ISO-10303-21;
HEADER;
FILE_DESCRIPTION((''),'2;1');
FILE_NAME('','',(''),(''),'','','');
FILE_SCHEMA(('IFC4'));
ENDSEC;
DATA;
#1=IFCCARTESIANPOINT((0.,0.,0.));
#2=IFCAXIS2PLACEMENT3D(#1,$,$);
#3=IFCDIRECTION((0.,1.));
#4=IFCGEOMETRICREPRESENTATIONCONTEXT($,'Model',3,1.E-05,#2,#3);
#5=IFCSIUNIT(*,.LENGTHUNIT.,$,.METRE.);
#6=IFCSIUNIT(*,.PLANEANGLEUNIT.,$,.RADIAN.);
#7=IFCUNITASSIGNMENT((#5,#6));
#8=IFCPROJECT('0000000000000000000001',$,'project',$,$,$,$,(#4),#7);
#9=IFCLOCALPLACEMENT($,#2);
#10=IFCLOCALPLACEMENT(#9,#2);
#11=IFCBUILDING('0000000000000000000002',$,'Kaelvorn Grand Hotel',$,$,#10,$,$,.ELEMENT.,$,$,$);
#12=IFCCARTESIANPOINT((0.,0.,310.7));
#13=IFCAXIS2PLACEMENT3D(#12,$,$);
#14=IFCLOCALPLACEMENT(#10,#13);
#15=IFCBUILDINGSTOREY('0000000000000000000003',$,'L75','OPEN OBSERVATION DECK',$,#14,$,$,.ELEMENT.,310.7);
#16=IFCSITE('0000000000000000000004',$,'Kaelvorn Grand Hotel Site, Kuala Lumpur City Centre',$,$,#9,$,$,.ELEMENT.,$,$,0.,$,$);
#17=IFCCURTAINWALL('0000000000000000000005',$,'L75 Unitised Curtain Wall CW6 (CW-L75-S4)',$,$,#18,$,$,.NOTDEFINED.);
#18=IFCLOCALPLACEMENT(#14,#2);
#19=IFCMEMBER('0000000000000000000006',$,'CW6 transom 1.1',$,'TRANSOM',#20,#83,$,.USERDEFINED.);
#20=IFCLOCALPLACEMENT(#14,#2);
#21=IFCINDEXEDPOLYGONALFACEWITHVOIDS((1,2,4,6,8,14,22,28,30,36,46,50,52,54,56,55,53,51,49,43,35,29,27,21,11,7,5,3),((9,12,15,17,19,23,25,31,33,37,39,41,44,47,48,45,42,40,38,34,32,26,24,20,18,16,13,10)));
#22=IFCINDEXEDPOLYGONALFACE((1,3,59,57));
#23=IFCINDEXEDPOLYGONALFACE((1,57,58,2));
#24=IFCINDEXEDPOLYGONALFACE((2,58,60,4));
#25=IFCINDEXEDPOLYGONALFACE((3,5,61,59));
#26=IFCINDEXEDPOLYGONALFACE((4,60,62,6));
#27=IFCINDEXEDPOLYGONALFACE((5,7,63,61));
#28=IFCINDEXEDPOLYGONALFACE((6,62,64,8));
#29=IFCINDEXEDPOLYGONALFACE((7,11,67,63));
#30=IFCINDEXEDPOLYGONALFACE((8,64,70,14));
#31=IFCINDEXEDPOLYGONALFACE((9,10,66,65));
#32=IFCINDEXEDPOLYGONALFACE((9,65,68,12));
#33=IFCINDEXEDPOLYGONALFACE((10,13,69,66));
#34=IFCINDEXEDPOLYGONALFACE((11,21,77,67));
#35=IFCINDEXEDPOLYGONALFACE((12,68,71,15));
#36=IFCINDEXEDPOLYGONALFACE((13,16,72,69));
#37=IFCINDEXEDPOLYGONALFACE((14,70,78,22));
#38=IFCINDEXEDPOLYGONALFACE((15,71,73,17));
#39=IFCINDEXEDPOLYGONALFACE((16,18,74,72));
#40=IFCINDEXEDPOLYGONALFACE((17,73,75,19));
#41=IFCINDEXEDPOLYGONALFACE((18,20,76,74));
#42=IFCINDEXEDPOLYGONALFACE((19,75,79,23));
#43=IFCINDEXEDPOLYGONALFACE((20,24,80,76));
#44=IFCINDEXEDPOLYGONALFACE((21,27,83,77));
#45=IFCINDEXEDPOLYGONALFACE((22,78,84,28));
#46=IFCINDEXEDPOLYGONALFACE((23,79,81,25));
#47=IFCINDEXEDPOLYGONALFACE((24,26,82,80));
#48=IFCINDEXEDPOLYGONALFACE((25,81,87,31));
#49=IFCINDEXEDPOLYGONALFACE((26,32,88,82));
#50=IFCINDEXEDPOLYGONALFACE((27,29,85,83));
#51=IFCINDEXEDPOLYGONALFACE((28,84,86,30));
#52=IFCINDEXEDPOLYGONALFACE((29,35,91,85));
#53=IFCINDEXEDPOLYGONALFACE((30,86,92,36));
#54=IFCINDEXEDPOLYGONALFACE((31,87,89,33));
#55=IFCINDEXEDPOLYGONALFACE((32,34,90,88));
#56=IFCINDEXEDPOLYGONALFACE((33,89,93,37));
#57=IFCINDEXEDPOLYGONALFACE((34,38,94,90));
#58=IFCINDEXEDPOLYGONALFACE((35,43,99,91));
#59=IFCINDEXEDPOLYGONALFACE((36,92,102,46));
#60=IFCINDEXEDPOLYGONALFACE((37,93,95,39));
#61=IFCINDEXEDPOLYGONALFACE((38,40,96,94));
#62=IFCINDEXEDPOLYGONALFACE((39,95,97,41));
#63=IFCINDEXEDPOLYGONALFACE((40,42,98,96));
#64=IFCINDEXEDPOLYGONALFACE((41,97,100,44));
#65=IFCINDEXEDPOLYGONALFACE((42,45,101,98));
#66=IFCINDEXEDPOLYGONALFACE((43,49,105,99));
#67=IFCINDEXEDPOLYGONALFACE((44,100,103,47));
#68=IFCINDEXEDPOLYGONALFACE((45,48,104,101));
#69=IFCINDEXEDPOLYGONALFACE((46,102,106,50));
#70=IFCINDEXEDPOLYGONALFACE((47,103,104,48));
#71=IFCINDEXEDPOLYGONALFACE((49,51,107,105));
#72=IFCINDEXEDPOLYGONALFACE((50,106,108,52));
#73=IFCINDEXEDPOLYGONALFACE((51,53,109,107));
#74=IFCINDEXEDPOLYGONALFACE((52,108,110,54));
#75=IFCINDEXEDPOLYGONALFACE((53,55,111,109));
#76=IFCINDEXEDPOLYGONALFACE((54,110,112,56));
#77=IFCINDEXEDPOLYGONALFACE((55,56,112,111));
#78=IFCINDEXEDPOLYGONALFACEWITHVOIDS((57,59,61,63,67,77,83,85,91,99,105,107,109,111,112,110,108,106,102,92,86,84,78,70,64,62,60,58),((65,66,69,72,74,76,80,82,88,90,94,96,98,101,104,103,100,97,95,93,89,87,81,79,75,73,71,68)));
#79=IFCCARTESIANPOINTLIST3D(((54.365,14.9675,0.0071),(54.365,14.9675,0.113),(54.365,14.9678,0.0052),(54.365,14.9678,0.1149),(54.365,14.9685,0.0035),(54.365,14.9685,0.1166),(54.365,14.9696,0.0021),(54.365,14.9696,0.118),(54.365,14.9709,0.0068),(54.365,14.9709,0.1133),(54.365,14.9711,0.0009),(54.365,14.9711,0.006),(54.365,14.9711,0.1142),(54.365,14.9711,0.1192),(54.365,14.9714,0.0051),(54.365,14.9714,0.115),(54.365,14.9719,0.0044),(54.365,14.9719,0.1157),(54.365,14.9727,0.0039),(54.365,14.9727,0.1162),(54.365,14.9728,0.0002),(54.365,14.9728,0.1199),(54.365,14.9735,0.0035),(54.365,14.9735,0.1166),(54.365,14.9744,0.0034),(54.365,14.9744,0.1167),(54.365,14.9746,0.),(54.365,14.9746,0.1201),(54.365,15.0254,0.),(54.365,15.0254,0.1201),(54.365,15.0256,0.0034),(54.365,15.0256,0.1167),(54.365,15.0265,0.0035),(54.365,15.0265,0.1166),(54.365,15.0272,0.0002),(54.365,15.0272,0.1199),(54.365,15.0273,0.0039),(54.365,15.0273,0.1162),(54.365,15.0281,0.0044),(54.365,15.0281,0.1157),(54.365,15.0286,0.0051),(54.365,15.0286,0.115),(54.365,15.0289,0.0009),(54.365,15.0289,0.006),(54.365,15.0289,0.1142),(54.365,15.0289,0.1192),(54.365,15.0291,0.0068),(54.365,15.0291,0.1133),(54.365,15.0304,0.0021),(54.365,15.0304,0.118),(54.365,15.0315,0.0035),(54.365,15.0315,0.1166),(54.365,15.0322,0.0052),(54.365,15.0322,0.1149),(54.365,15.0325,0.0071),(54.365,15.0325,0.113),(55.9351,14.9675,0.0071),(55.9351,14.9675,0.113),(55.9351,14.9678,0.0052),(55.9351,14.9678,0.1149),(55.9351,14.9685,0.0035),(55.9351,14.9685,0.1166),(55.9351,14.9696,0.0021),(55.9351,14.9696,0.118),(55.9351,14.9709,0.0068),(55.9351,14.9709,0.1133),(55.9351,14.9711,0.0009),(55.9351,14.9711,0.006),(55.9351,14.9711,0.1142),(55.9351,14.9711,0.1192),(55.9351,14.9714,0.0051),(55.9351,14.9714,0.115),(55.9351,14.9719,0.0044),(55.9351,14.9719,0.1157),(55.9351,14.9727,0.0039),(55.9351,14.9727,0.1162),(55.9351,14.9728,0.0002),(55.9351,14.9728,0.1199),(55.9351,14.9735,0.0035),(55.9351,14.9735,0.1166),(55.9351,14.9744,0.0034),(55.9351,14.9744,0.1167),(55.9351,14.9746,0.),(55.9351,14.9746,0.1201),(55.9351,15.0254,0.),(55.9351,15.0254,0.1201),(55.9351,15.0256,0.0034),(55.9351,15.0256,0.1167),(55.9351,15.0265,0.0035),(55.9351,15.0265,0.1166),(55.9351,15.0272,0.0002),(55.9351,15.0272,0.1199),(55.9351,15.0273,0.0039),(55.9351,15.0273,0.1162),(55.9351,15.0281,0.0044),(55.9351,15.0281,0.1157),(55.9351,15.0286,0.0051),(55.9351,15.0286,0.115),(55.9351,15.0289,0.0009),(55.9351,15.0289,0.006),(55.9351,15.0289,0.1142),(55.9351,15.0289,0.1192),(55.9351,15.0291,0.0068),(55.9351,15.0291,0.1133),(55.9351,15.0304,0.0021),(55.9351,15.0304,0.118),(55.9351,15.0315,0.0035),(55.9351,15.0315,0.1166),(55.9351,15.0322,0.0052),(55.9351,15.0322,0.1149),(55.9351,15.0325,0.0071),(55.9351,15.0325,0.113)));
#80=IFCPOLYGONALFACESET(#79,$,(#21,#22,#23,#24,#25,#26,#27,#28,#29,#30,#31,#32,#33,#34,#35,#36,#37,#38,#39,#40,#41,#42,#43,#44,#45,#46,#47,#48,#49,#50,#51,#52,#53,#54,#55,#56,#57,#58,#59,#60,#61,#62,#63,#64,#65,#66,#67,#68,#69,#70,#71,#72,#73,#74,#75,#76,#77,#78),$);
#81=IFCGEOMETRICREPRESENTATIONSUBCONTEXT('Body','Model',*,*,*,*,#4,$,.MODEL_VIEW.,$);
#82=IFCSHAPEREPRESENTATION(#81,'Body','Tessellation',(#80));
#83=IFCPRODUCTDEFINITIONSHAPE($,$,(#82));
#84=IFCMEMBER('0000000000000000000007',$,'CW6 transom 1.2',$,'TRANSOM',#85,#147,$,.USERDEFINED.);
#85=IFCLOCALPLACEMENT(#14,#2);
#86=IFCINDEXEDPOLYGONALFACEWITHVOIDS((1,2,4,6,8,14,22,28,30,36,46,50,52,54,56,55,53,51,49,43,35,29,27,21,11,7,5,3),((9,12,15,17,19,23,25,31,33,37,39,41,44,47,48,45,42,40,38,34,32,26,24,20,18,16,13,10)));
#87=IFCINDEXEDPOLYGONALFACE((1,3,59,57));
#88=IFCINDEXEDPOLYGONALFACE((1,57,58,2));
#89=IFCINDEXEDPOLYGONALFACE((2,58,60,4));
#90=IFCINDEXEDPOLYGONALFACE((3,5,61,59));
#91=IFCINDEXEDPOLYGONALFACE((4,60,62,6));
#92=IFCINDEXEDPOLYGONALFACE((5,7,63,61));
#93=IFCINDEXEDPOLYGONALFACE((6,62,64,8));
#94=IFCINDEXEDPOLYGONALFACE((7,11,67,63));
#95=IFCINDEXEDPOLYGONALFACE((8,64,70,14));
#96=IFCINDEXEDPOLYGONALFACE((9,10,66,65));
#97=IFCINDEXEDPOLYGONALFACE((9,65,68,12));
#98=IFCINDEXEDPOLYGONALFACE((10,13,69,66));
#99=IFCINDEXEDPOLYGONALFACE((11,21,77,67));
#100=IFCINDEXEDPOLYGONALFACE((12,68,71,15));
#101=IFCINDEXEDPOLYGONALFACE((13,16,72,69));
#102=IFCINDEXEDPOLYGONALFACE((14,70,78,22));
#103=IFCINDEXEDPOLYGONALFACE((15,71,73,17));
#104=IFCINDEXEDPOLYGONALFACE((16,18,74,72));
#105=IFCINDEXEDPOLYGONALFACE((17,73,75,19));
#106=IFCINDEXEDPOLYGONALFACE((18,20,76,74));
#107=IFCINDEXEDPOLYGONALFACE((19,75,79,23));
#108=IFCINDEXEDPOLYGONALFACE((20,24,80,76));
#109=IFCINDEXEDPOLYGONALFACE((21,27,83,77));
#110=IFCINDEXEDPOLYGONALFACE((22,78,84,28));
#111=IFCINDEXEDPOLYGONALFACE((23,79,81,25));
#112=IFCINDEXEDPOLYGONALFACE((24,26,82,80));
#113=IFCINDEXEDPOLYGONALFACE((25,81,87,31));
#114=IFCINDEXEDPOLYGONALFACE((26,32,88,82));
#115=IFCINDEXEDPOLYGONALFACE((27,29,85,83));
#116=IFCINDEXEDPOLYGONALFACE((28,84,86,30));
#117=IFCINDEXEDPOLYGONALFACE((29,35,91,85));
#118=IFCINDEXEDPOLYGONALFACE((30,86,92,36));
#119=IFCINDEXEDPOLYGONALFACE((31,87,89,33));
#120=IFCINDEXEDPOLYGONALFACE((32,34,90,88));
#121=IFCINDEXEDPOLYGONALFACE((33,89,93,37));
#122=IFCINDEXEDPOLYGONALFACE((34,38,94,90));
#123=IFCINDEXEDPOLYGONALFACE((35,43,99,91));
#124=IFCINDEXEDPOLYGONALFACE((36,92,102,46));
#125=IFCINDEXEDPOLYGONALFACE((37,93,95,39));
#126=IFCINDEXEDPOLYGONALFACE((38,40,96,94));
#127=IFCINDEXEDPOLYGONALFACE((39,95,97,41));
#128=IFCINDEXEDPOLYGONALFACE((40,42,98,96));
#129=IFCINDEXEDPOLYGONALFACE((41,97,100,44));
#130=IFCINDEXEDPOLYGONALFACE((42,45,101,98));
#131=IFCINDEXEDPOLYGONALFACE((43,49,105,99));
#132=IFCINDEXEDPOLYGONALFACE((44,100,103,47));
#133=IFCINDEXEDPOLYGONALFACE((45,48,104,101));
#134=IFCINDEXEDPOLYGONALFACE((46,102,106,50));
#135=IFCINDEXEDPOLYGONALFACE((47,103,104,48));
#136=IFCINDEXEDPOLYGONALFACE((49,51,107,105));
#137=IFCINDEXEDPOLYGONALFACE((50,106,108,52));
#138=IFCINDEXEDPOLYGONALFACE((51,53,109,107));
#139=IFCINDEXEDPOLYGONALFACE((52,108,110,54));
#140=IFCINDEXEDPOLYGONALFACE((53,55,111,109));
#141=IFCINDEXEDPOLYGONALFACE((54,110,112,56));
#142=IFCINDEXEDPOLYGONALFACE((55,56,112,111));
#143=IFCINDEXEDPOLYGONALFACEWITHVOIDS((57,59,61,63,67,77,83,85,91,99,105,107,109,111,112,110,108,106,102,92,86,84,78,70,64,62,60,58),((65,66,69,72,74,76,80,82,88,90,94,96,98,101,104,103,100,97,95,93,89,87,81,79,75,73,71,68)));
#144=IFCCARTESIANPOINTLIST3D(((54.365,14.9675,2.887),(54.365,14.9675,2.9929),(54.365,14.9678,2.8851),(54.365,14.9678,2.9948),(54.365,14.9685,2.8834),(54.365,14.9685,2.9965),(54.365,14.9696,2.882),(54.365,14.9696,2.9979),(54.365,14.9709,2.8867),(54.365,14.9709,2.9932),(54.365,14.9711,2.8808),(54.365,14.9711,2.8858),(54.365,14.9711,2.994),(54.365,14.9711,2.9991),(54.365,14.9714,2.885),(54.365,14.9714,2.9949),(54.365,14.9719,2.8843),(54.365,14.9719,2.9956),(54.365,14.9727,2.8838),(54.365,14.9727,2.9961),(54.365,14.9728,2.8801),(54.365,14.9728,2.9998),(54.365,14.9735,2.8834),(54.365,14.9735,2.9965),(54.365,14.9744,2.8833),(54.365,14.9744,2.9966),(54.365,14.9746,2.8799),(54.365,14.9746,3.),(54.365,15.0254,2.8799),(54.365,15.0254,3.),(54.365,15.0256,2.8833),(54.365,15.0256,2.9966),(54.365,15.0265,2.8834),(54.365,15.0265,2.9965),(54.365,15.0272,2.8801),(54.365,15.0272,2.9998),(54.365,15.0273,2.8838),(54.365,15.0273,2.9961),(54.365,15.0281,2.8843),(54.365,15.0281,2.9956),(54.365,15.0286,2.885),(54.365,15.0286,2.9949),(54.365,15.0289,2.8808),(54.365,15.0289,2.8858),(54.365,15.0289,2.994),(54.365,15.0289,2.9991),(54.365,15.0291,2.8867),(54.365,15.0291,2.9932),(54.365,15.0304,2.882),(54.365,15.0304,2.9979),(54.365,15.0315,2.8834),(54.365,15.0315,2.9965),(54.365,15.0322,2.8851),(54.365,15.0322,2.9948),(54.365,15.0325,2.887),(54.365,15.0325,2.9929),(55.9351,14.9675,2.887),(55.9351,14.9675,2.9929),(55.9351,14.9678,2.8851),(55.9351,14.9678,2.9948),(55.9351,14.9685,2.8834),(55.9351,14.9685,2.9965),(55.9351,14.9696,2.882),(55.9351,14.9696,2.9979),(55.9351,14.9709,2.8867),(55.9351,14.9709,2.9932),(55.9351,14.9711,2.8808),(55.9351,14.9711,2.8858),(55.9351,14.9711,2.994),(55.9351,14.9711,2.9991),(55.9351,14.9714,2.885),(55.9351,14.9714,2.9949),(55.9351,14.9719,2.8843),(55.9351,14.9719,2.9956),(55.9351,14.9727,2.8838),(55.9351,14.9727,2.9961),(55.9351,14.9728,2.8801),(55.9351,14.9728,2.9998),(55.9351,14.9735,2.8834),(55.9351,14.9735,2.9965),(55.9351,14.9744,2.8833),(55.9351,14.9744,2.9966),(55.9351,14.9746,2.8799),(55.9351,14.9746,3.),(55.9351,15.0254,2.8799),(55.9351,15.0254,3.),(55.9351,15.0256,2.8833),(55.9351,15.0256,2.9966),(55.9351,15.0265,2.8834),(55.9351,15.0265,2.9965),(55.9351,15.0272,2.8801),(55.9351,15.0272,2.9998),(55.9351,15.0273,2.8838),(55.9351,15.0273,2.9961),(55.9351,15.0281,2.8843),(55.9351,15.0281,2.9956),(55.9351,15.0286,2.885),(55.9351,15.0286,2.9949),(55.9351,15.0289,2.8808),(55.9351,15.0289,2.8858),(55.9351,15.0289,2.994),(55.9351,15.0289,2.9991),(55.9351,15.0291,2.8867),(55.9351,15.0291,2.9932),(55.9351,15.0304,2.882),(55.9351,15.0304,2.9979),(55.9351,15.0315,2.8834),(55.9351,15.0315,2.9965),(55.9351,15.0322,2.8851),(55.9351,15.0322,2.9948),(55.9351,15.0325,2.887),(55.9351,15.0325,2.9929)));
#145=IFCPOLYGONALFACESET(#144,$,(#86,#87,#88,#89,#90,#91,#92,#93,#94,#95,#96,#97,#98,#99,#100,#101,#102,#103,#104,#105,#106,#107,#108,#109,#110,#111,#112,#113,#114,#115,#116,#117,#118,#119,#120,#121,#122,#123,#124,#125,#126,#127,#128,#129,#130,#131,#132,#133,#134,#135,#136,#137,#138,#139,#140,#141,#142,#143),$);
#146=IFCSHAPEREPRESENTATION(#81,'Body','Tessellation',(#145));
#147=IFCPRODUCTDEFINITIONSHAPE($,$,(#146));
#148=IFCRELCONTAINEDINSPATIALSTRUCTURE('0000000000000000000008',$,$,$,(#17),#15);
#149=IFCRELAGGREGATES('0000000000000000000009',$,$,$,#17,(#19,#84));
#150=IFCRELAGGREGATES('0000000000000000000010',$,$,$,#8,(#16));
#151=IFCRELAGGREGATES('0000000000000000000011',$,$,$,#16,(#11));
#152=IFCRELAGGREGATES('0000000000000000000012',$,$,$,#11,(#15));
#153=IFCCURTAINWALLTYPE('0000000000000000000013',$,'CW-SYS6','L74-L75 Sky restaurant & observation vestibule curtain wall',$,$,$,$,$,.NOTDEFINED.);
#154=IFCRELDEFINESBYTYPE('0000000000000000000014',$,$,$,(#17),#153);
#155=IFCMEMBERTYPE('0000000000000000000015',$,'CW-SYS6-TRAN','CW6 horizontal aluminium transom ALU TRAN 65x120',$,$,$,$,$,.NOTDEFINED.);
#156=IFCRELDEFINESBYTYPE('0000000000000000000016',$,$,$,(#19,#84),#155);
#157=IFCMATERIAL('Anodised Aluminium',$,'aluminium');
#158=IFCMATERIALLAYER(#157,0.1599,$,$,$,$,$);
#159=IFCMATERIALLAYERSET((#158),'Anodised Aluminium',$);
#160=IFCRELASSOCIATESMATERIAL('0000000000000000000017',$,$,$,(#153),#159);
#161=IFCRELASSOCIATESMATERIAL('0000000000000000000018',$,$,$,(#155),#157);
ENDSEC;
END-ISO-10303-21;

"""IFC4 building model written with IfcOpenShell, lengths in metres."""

from ifc_helpers import new_model, si_unit, direction, frame, origin, origin_2d, place, context, subcontext, project, spatial, hollow_rectangle, extrude, material, layer, layer_set, material_profile, profile_set, type_object, element, aggregate, save


model = new_model("IFC4")

# Units and contexts
model_context = context("Model", 3, precision=1e-05, world=origin(), true_north=direction((0.0, 1.0)))
body_context = subcontext(model_context, "Body", "Model", "MODEL_VIEW")
ifc_project = project(units=[si_unit("LENGTHUNIT", "METRE"), si_unit("PLANEANGLEUNIT", "RADIAN")], contexts=[model_context])

# Site, building, storey
site_placement = place(None, origin())
site = spatial("IfcSite", under=ifc_project, at=site_placement, Name="Kaelvorn Grand Hotel Site, Kuala Lumpur City Centre", CompositionType="ELEMENT", RefElevation=0.0)
building_placement = place(site_placement, origin())
building = spatial("IfcBuilding", under=site, at=building_placement, Name="Kaelvorn Grand Hotel", CompositionType="ELEMENT")
storey_placement = place(building_placement, frame((0.0, 0.0, 310.7)))
storey = spatial("IfcBuildingStorey", under=building, at=storey_placement, Name="L75", Description="OPEN OBSERVATION DECK", CompositionType="ELEMENT", Elevation=310.7)

# Curtain wall
ifc_material_1 = material(Name="Anodised Aluminium", Category="aluminium")
ifc_layer_1 = layer(ifc_material_1, 0.1599)
ifc_layer_set_1 = layer_set([ifc_layer_1], Name="Anodised Aluminium")
curtain_wall_type = type_object("IfcCurtainWallType", Name="CW-SYS6", Description="L74-L75 Sky restaurant & observation vestibule curtain wall", PredefinedType="NOTDEFINED", material=ifc_layer_set_1)
curtain_wall_1_placement = place(storey_placement, origin())
curtain_wall_1 = element("IfcCurtainWall", 1, at=curtain_wall_1_placement, inside=storey, type_object=curtain_wall_type, Name="L75 Unitised Curtain Wall CW6 (CW-L75-S4)", PredefinedType="NOTDEFINED")

# Members
ifc_material_profile_1 = material_profile(ifc_material_1, hollow_rectangle(XDim=0.0649, YDim=0.1201, WallThickness=0.0034, InnerFilletRadius=0.0034, OuterFilletRadius=0.0071, at=origin_2d()), Name="ALU TRAN 65x120")
ifc_profile_set_1 = profile_set([ifc_material_profile_1], Name="Anodised Aluminium")
member_type_1 = type_object("IfcMemberType", Name="CW-SYS6-TRAN", Description="CW6 horizontal aluminium transom ALU TRAN 65x120", PredefinedType="NOTDEFINED", material=ifc_profile_set_1)
member_1_placement = place(storey_placement, frame((54.365, 15.0, 0.0601), z_axis=(1.0, 0.0, 0.0), x_axis=(0.0, 1.0, 0.0)))
member_1 = element("IfcMember", 2, at=member_1_placement, type_object=member_type_1, Name="CW6 transom 1.1", ObjectType="TRANSOM", PredefinedType="USERDEFINED", context=body_context, shape_type="SweptSolid", body=[
    extrude(hollow_rectangle(XDim=0.0649, YDim=0.1201, WallThickness=0.0034, InnerFilletRadius=0.0034, OuterFilletRadius=0.0071, at=origin_2d()), origin(), (0.0, 0.0, 1.0), 1.5701),
])
member_2_placement = place(storey_placement, frame((54.365, 15.0, 2.9399), z_axis=(1.0, 0.0, 0.0), x_axis=(0.0, 1.0, 0.0)))
member_2 = element("IfcMember", 3, at=member_2_placement, type_object=member_type_1, Name="CW6 transom 1.2", ObjectType="TRANSOM", PredefinedType="USERDEFINED", context=body_context, shape_type="SweptSolid", body=[
    extrude(hollow_rectangle(XDim=0.0649, YDim=0.1201, WallThickness=0.0034, InnerFilletRadius=0.0034, OuterFilletRadius=0.0071, at=origin_2d()), origin(), (0.0, 0.0, 1.0), 1.5701),
])

aggregate(curtain_wall_1, [member_1, member_2])

save(model, "model.ifc")
